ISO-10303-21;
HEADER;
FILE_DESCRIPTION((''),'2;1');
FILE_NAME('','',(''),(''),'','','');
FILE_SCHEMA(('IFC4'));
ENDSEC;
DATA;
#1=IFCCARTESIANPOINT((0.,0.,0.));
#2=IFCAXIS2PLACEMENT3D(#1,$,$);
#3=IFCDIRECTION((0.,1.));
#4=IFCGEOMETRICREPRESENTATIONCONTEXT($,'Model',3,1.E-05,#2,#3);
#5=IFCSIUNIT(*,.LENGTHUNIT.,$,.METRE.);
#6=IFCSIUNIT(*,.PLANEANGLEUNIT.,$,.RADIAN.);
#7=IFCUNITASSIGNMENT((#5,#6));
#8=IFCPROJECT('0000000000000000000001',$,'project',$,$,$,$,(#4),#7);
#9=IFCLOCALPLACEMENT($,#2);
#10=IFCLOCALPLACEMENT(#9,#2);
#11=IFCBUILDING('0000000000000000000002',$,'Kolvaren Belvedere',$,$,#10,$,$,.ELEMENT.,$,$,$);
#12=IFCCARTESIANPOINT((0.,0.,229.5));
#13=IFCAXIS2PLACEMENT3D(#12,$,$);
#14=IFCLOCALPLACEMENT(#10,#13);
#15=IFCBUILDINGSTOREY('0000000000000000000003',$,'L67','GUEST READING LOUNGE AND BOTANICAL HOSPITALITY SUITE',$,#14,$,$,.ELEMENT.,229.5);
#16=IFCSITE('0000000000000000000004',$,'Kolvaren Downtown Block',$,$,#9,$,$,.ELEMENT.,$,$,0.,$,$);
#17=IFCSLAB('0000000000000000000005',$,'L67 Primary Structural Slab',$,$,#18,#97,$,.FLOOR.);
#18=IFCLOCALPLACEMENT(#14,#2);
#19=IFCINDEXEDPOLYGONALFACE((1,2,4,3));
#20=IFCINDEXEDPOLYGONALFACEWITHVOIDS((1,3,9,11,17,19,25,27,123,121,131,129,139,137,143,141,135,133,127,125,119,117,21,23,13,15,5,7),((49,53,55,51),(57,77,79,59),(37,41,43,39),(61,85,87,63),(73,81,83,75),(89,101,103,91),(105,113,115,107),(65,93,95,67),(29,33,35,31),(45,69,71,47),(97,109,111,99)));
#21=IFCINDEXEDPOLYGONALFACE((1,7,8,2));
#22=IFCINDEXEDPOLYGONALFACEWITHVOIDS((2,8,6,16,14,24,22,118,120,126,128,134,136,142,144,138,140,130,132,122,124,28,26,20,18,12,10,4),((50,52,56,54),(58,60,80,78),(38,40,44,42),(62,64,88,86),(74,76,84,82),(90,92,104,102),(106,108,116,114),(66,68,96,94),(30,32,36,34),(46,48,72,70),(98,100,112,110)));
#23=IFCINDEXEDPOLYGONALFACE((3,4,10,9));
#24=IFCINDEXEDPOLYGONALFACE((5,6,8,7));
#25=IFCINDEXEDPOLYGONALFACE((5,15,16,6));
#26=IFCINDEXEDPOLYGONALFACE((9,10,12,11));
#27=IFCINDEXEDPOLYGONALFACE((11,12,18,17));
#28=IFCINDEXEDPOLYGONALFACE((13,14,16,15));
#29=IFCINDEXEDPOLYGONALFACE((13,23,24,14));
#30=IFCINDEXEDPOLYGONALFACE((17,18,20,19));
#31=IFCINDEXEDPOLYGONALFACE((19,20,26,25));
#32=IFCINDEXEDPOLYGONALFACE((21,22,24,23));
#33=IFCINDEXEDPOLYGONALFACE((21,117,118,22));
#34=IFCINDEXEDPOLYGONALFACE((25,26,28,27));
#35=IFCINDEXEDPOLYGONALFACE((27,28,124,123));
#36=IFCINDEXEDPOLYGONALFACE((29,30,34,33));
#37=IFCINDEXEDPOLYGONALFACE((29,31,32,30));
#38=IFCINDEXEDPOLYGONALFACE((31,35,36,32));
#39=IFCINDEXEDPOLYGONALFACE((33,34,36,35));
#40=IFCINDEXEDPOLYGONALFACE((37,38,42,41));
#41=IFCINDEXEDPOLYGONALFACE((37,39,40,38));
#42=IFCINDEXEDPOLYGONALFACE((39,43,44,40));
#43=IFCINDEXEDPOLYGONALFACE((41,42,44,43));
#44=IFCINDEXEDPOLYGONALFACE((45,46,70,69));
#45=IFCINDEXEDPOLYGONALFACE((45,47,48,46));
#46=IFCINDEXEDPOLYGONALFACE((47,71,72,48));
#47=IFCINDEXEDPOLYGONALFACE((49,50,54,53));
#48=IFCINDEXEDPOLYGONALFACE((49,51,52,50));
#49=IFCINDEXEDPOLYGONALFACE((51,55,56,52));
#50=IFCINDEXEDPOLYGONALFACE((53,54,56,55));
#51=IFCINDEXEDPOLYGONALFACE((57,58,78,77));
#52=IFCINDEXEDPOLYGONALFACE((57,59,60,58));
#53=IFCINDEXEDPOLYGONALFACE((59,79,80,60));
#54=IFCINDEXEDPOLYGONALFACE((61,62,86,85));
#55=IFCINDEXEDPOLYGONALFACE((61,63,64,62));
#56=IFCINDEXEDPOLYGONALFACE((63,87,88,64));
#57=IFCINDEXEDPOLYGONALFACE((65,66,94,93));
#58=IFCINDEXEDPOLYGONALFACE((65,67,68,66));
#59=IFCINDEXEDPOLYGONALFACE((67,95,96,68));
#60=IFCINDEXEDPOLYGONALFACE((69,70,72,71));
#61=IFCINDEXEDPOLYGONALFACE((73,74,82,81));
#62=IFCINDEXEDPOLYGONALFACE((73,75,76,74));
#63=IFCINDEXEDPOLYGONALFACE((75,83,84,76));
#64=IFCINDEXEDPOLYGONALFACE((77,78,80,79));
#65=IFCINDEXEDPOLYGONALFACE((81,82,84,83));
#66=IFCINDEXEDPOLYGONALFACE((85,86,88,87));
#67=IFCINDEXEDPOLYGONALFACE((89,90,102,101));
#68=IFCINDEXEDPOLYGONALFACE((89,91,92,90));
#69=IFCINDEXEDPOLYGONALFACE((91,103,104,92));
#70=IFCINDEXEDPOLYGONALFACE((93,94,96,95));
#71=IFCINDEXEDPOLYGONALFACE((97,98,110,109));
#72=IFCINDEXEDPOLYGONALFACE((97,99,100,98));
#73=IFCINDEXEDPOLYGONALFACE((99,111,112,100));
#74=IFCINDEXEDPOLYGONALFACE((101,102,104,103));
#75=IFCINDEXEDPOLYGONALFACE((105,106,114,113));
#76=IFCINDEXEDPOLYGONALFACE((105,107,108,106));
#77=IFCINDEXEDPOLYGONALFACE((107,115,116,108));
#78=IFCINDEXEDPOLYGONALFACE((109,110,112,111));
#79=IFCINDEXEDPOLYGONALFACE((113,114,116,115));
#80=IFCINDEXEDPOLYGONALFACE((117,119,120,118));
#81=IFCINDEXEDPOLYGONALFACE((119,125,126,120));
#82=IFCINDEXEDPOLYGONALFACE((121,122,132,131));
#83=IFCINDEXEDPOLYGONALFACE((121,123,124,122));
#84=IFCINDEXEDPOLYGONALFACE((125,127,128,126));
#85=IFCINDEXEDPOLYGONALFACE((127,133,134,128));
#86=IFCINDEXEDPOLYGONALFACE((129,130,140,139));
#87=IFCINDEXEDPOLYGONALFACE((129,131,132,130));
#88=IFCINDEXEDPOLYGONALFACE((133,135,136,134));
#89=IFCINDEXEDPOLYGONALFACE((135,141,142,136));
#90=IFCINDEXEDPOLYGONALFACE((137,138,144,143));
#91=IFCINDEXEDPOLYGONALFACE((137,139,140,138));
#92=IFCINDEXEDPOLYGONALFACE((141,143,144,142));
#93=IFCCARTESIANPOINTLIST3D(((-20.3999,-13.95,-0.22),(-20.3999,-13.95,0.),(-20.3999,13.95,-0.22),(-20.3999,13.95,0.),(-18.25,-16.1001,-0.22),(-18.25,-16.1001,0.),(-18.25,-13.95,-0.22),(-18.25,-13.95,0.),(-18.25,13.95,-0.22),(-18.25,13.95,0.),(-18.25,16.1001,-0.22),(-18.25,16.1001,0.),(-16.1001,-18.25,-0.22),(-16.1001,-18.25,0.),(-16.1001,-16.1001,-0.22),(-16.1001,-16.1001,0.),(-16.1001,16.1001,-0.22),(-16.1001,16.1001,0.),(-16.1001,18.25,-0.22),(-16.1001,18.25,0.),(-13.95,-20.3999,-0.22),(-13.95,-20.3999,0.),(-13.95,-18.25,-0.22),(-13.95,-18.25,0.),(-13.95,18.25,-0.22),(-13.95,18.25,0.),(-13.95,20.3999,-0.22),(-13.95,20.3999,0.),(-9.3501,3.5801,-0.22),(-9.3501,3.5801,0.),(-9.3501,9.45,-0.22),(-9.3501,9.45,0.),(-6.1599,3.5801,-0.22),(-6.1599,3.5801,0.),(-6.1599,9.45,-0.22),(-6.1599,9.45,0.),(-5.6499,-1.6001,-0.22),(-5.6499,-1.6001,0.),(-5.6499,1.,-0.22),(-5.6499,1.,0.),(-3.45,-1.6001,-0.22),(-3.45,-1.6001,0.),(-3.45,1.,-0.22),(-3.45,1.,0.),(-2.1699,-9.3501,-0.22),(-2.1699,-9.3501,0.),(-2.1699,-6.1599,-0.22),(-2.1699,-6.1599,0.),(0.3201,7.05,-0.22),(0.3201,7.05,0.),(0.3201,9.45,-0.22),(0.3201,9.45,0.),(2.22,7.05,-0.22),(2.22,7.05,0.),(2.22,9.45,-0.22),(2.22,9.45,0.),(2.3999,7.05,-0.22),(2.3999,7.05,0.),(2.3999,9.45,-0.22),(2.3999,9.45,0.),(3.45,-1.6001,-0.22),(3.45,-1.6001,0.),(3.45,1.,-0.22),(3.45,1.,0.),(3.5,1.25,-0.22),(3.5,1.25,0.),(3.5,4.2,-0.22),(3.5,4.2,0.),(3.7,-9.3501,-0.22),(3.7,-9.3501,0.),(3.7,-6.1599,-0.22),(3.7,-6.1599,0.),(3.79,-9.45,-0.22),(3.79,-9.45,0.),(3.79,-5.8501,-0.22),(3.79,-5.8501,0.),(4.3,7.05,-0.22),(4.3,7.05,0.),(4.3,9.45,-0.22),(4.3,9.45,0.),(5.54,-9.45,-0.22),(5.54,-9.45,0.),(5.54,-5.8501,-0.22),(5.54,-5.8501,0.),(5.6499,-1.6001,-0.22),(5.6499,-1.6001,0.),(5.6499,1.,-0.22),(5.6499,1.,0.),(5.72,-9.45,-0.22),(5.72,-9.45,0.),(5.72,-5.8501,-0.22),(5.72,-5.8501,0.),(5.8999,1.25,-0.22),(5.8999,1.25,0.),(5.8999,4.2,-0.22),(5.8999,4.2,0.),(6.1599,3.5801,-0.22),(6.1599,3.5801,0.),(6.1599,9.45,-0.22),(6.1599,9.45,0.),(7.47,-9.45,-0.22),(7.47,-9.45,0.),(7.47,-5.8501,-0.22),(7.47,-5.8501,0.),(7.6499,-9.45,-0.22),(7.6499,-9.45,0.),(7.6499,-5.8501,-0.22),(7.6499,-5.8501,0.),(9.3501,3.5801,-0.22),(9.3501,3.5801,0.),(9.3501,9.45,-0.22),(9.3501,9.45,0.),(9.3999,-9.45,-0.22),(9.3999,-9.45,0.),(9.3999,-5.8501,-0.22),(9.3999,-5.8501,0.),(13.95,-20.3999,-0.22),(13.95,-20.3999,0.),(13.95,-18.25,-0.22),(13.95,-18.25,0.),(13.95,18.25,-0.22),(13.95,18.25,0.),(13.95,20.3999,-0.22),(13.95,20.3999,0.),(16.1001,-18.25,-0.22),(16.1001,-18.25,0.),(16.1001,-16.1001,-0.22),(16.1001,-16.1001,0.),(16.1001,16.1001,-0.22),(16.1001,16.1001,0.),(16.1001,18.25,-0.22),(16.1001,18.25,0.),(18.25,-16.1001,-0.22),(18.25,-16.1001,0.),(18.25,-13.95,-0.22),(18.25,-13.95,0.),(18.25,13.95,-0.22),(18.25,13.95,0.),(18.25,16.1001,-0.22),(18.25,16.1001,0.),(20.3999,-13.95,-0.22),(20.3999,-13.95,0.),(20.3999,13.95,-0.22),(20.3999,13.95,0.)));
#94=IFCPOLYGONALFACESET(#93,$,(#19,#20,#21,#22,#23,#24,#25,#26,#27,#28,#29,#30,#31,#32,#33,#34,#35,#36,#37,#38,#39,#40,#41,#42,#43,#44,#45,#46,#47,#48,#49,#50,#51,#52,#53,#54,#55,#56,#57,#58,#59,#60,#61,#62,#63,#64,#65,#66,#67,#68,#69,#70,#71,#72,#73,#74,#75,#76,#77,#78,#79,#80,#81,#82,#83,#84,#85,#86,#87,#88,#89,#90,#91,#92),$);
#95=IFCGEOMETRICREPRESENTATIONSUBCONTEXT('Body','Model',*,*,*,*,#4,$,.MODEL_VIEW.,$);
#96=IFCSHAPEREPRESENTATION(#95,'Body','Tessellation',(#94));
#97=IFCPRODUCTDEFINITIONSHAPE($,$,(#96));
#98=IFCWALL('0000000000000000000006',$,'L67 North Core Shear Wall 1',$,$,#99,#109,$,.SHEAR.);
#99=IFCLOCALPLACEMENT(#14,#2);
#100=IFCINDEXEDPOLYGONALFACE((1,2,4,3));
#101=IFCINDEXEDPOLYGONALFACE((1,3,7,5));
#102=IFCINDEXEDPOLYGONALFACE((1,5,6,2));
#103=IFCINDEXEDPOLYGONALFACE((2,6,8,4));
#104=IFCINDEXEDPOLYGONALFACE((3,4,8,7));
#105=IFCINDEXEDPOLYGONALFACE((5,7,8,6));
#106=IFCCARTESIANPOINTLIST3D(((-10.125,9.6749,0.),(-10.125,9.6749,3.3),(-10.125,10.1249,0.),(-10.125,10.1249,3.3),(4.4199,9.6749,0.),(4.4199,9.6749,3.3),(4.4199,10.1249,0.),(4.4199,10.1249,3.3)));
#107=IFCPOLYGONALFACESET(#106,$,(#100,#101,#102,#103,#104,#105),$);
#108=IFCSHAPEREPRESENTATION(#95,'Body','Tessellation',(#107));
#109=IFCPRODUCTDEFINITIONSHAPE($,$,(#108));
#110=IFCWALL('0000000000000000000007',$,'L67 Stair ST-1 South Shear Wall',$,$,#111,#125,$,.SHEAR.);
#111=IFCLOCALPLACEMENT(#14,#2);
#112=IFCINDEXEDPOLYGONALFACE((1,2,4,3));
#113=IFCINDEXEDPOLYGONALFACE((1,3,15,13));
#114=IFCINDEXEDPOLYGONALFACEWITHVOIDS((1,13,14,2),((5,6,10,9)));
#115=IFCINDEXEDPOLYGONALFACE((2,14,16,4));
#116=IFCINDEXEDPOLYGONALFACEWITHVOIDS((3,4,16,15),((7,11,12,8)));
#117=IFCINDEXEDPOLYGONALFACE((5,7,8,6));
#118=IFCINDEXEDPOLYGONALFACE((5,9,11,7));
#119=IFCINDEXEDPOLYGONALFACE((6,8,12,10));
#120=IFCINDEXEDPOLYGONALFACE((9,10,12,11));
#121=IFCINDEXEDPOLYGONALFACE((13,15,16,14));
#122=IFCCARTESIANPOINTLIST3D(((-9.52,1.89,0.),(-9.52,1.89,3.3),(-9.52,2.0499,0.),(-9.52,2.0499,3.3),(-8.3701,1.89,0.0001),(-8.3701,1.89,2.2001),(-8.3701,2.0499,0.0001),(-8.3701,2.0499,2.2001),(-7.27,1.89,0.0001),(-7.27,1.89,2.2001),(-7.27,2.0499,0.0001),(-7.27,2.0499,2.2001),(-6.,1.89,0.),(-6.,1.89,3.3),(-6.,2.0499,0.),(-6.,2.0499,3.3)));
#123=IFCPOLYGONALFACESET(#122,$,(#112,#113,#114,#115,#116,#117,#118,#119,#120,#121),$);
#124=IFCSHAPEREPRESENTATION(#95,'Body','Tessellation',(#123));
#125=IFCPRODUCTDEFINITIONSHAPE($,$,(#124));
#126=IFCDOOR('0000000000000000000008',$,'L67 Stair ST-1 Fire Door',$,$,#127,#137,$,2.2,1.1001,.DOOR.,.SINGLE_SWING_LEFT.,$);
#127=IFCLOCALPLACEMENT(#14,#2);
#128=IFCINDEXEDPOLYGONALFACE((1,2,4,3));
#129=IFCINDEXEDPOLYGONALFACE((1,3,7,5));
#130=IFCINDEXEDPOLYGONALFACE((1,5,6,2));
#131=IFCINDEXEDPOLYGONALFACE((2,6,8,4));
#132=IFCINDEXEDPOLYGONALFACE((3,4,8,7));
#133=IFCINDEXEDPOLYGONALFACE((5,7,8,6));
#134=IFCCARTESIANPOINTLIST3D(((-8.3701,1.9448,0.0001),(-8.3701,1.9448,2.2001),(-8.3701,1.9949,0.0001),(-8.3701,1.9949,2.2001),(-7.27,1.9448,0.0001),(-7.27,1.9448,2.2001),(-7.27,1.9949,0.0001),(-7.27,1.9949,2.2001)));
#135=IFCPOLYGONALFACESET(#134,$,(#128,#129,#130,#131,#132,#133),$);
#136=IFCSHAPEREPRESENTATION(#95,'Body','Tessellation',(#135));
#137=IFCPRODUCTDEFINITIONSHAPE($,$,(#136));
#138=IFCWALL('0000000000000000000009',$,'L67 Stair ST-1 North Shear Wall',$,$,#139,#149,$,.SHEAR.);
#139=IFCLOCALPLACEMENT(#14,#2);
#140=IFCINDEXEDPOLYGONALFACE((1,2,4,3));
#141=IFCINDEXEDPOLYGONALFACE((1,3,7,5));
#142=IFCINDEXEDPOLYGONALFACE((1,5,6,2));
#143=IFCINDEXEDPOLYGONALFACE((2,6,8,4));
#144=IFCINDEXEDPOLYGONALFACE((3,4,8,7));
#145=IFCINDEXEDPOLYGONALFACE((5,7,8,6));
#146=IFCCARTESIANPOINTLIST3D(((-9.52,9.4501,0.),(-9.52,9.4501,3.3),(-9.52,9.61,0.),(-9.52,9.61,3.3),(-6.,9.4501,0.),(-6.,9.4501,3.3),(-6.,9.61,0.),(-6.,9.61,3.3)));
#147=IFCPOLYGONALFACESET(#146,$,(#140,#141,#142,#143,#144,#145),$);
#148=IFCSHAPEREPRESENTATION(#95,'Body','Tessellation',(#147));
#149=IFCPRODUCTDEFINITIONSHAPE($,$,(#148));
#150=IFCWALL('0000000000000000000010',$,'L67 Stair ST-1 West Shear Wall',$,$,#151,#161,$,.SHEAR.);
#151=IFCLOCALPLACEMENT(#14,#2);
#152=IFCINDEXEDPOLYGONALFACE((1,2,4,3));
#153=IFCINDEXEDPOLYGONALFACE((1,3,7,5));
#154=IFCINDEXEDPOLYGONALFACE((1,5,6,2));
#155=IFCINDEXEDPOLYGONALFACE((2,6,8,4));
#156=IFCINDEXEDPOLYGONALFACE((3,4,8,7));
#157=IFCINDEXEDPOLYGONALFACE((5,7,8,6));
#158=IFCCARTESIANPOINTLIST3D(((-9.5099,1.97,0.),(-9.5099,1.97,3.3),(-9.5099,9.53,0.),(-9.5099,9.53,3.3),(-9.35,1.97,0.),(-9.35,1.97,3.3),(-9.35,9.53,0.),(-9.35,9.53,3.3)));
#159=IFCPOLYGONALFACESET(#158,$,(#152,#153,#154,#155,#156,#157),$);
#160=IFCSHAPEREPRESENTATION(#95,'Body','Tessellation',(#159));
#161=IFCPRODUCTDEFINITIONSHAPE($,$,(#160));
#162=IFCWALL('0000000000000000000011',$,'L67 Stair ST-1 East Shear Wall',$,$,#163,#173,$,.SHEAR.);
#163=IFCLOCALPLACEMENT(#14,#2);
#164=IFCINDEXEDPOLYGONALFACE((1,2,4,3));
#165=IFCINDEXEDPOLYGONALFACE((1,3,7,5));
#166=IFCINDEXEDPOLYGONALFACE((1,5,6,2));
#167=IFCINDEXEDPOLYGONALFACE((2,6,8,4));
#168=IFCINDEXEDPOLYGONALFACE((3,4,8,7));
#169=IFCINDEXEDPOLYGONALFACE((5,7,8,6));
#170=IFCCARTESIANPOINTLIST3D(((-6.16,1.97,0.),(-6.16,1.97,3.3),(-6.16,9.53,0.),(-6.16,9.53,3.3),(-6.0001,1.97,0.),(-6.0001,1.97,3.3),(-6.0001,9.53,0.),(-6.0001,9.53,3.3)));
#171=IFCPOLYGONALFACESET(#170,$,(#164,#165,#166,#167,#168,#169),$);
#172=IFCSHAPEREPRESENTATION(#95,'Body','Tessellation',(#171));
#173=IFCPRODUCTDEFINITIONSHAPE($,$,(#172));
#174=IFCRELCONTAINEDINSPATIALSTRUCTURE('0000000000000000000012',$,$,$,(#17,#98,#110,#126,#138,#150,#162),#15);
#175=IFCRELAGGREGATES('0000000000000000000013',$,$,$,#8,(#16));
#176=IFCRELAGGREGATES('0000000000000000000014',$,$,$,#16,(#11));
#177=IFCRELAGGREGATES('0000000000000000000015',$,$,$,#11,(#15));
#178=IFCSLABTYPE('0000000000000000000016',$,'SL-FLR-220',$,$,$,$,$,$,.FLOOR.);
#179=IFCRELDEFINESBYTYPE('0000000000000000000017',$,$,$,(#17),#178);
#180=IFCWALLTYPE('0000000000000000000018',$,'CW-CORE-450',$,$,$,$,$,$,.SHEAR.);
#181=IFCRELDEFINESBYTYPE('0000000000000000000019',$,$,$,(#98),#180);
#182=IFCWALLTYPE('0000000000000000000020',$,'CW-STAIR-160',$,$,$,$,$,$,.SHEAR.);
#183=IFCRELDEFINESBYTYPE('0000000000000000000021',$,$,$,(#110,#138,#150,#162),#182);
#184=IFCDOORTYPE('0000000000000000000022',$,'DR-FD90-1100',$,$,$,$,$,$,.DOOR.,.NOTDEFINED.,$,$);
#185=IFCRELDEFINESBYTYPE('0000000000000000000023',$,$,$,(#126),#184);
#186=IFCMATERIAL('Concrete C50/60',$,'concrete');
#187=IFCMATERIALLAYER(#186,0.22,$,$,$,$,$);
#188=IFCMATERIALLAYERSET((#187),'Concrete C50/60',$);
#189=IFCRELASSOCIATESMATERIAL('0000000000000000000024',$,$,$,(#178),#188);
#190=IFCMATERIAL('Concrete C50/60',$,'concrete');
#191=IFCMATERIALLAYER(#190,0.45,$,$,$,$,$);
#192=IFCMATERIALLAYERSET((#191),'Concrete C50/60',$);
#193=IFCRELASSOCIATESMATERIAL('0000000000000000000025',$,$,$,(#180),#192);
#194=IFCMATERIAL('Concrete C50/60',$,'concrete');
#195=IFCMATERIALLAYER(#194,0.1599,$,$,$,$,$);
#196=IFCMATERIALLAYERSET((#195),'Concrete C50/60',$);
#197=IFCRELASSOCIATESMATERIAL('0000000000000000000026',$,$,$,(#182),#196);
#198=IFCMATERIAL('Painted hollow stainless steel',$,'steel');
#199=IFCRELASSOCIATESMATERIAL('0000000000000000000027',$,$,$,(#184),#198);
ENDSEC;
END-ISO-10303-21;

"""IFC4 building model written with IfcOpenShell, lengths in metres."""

from ifc_helpers import new_model, si_unit, direction, frame, frame_2d, origin, place, context, subcontext, project, spatial, polyline, rectangle, outline, extrude, material, layer, layer_set, type_object, element, fill, save


model = new_model("IFC4")

# Units and contexts
model_context = context("Model", 3, precision=1e-05, world=origin(), true_north=direction((0.0, 1.0)))
body_context = subcontext(model_context, "Body", "Model", "MODEL_VIEW")
ifc_project = project(units=[si_unit("LENGTHUNIT", "METRE"), si_unit("PLANEANGLEUNIT", "RADIAN")], contexts=[model_context])

# Site, building, storey
site_placement = place(None, origin())
site = spatial("IfcSite", under=ifc_project, at=site_placement, Name="Kolvaren Downtown Block", CompositionType="ELEMENT", RefElevation=0.0)
building_placement = place(site_placement, origin())
building = spatial("IfcBuilding", under=site, at=building_placement, Name="Kolvaren Belvedere", CompositionType="ELEMENT")
storey_placement = place(building_placement, frame((0.0, 0.0, 229.5)))
storey = spatial("IfcBuildingStorey", under=building, at=storey_placement, Name="L67", Description="GUEST READING LOUNGE AND BOTANICAL HOSPITALITY SUITE", CompositionType="ELEMENT", Elevation=229.5)

# Slab
ifc_material_1 = material(Name="Concrete C50/60", Category="concrete")
ifc_layer_1 = layer(ifc_material_1, 0.22)
ifc_layer_set_1 = layer_set([ifc_layer_1], Name="Concrete C50/60")
slab_type_1 = type_object("IfcSlabType", Name="SL-FLR-220", PredefinedType="FLOOR", material=ifc_layer_set_1)
slab_1_placement = place(storey_placement, frame((0.0, 0.0, -0.22)))
element("IfcSlab", 1, at=slab_1_placement, inside=storey, type_object=slab_type_1, Name="L67 Primary Structural Slab", PredefinedType="FLOOR", context=body_context, shape_type="SweptSolid", body=[
    extrude(outline(polyline([(-13.95, -20.3999), (13.95, -20.3999), (13.95, -18.25), (16.1001, -18.25), (16.1001, -16.1001), (18.25, -16.1001), (18.25, -13.95), (20.3999, -13.95), (20.3999, 13.95), (18.25, 13.95), (18.25, 16.1001), (16.1001, 16.1001), (16.1001, 18.25), (13.95, 18.25), (13.95, 20.3999), (-13.95, 20.3999), (-13.95, 18.25), (-16.1001, 18.25), (-16.1001, 16.1001), (-18.25, 16.1001), (-18.25, 13.95), (-20.3999, 13.95), (-20.3999, -13.95), (-18.25, -13.95), (-18.25, -16.1001), (-16.1001, -16.1001), (-16.1001, -18.25), (-13.95, -18.25), (-13.95, -20.3999)]), holes=[polyline([(-9.3501, 3.5801), (-6.1599, 3.5801), (-6.1599, 9.45), (-9.3501, 9.45), (-9.3501, 3.5801)]), polyline([(6.1599, 3.5801), (9.3501, 3.5801), (9.3501, 9.45), (6.1599, 9.45), (6.1599, 3.5801)]), polyline([(-2.1699, -9.3501), (3.7, -9.3501), (3.7, -6.1599), (-2.1699, -6.1599), (-2.1699, -9.3501)]), polyline([(-5.6499, -1.6001), (-3.45, -1.6001), (-3.45, 1.0), (-5.6499, 1.0), (-5.6499, -1.6001)]), polyline([(3.5, 1.25), (5.8999, 1.25), (5.8999, 4.2), (3.5, 4.2), (3.5, 1.25)]), polyline([(3.45, -1.6001), (5.6499, -1.6001), (5.6499, 1.0), (3.45, 1.0), (3.45, -1.6001)]), polyline([(3.79, -9.45), (5.54, -9.45), (5.54, -5.8501), (3.79, -5.8501), (3.79, -9.45)]), polyline([(5.72, -9.45), (7.47, -9.45), (7.47, -5.8501), (5.72, -5.8501), (5.72, -9.45)]), polyline([(7.6499, -9.45), (9.3999, -9.45), (9.3999, -5.8501), (7.6499, -5.8501), (7.6499, -9.45)]), polyline([(0.3201, 7.05), (2.22, 7.05), (2.22, 9.45), (0.3201, 9.45), (0.3201, 7.05)]), polyline([(2.3999, 7.05), (4.3, 7.05), (4.3, 9.45), (2.3999, 9.45), (2.3999, 7.05)])]), origin(), (0.0, 0.0, 1.0), 0.22),
])

# Wall
ifc_material_2 = material(Name="Concrete C50/60", Category="concrete")
ifc_layer_2 = layer(ifc_material_2, 0.45)
ifc_layer_set_2 = layer_set([ifc_layer_2], Name="Concrete C50/60")
wall_type_1 = type_object("IfcWallType", Name="CW-CORE-450", PredefinedType="SHEAR", material=ifc_layer_set_2)
wall_1_placement = place(storey_placement, frame((-10.125, 9.8999, 0.0), z_axis=(0.0, 0.0, 1.0), x_axis=(1.0, 0.0, 0.0)))
element("IfcWall", 2, at=wall_1_placement, inside=storey, type_object=wall_type_1, Name="L67 North Core Shear Wall 1", PredefinedType="SHEAR", context=body_context, shape_type="SweptSolid", body=[
    extrude(rectangle(XDim=14.5449, YDim=0.45, at=frame_2d((7.2725, 0.0))), origin(), (0.0, 0.0, 1.0), 3.3),
])

# Wall, opening, door
ifc_material_3 = material(Name="Concrete C50/60", Category="concrete")
ifc_layer_3 = layer(ifc_material_3, 0.1599)
ifc_layer_set_3 = layer_set([ifc_layer_3], Name="Concrete C50/60")
wall_type_2 = type_object("IfcWallType", Name="CW-STAIR-160", PredefinedType="SHEAR", material=ifc_layer_set_3)
wall_2_placement = place(storey_placement, frame((-9.52, 1.97, 0.0), z_axis=(0.0, 0.0, 1.0), x_axis=(1.0, 0.0, 0.0)))
wall_2 = element("IfcWall", 3, at=wall_2_placement, inside=storey, type_object=wall_type_2, Name="L67 Stair ST-1 South Shear Wall", PredefinedType="SHEAR", context=body_context, shape_type="SweptSolid", body=[
    extrude(rectangle(XDim=3.52, YDim=0.1599, at=frame_2d((1.76, 0.0))), origin(), (0.0, 0.0, 1.0), 3.3),
])
opening_1_placement = place(wall_2_placement, frame((1.1499, 0.0, 0.0)))
opening_1 = element("IfcOpeningElement", 4, at=opening_1_placement, cuts=wall_2, PredefinedType="OPENING", context=body_context, shape_type="SweptSolid", body=[
    extrude(rectangle(XDim=1.1001, YDim=2.2, at=frame_2d((0.55, 1.1001))), frame((0.0, 0.0898, 0.0), z_axis=(0.0, -1.0, 0.0), x_axis=(1.0, 0.0, 0.0)), (0.0, 0.0, 1.0), 0.1799),
])
ifc_material_4 = material(Name="Painted hollow stainless steel", Category="steel")
door_type_1 = type_object("IfcDoorType", Name="DR-FD90-1100", OperationType="NOTDEFINED", PredefinedType="DOOR", material=ifc_material_4)
door_1_placement = place(opening_1_placement, origin())
door_1 = element("IfcDoor", 5, at=door_1_placement, inside=storey, type_object=door_type_1, Name="L67 Stair ST-1 Fire Door", OperationType="SINGLE_SWING_LEFT", OverallHeight=2.2, OverallWidth=1.1001, PredefinedType="DOOR", context=body_context, shape_type="SweptSolid", body=[
    extrude(rectangle(XDim=1.1001, YDim=2.2, at=frame_2d((0.55, 1.1001))), frame((0.0, 0.0249, 0.0), z_axis=(0.0, -1.0, 0.0), x_axis=(1.0, 0.0, 0.0)), (0.0, 0.0, 1.0), 0.05),
])
fill(opening_1, door_1)

# Walls
wall_3_placement = place(storey_placement, frame((-9.52, 9.53, 0.0), z_axis=(0.0, 0.0, 1.0), x_axis=(1.0, 0.0, 0.0)))
element("IfcWall", 6, at=wall_3_placement, inside=storey, type_object=wall_type_2, Name="L67 Stair ST-1 North Shear Wall", PredefinedType="SHEAR", context=body_context, shape_type="SweptSolid", body=[
    extrude(rectangle(XDim=3.52, YDim=0.1599, at=frame_2d((1.76, 0.0))), origin(), (0.0, 0.0, 1.0), 3.3),
])
for number, where, z_axis, x_axis, name in (
    (7, (-9.4299, 1.97, 0.0), (0.0, 0.0, 1.0), (0.0, 1.0, 0.0), "L67 Stair ST-1 West Shear Wall"),
    (8, (-6.0801, 1.97, 0.0), (0.0, 0.0, 1.0), (0.0, 1.0, 0.0), "L67 Stair ST-1 East Shear Wall"),
):
    element("IfcWall", number, at=place(storey_placement, frame(where, z_axis=z_axis, x_axis=x_axis)), inside=storey, type_object=wall_type_2, Name=name, PredefinedType="SHEAR", context=body_context, shape_type="SweptSolid", body=[
        extrude(rectangle(XDim=7.5601, YDim=0.1599, at=frame_2d((3.78, 0.0))), origin(), (0.0, 0.0, 1.0), 3.3),
    ])

save(model, "model.ifc")
